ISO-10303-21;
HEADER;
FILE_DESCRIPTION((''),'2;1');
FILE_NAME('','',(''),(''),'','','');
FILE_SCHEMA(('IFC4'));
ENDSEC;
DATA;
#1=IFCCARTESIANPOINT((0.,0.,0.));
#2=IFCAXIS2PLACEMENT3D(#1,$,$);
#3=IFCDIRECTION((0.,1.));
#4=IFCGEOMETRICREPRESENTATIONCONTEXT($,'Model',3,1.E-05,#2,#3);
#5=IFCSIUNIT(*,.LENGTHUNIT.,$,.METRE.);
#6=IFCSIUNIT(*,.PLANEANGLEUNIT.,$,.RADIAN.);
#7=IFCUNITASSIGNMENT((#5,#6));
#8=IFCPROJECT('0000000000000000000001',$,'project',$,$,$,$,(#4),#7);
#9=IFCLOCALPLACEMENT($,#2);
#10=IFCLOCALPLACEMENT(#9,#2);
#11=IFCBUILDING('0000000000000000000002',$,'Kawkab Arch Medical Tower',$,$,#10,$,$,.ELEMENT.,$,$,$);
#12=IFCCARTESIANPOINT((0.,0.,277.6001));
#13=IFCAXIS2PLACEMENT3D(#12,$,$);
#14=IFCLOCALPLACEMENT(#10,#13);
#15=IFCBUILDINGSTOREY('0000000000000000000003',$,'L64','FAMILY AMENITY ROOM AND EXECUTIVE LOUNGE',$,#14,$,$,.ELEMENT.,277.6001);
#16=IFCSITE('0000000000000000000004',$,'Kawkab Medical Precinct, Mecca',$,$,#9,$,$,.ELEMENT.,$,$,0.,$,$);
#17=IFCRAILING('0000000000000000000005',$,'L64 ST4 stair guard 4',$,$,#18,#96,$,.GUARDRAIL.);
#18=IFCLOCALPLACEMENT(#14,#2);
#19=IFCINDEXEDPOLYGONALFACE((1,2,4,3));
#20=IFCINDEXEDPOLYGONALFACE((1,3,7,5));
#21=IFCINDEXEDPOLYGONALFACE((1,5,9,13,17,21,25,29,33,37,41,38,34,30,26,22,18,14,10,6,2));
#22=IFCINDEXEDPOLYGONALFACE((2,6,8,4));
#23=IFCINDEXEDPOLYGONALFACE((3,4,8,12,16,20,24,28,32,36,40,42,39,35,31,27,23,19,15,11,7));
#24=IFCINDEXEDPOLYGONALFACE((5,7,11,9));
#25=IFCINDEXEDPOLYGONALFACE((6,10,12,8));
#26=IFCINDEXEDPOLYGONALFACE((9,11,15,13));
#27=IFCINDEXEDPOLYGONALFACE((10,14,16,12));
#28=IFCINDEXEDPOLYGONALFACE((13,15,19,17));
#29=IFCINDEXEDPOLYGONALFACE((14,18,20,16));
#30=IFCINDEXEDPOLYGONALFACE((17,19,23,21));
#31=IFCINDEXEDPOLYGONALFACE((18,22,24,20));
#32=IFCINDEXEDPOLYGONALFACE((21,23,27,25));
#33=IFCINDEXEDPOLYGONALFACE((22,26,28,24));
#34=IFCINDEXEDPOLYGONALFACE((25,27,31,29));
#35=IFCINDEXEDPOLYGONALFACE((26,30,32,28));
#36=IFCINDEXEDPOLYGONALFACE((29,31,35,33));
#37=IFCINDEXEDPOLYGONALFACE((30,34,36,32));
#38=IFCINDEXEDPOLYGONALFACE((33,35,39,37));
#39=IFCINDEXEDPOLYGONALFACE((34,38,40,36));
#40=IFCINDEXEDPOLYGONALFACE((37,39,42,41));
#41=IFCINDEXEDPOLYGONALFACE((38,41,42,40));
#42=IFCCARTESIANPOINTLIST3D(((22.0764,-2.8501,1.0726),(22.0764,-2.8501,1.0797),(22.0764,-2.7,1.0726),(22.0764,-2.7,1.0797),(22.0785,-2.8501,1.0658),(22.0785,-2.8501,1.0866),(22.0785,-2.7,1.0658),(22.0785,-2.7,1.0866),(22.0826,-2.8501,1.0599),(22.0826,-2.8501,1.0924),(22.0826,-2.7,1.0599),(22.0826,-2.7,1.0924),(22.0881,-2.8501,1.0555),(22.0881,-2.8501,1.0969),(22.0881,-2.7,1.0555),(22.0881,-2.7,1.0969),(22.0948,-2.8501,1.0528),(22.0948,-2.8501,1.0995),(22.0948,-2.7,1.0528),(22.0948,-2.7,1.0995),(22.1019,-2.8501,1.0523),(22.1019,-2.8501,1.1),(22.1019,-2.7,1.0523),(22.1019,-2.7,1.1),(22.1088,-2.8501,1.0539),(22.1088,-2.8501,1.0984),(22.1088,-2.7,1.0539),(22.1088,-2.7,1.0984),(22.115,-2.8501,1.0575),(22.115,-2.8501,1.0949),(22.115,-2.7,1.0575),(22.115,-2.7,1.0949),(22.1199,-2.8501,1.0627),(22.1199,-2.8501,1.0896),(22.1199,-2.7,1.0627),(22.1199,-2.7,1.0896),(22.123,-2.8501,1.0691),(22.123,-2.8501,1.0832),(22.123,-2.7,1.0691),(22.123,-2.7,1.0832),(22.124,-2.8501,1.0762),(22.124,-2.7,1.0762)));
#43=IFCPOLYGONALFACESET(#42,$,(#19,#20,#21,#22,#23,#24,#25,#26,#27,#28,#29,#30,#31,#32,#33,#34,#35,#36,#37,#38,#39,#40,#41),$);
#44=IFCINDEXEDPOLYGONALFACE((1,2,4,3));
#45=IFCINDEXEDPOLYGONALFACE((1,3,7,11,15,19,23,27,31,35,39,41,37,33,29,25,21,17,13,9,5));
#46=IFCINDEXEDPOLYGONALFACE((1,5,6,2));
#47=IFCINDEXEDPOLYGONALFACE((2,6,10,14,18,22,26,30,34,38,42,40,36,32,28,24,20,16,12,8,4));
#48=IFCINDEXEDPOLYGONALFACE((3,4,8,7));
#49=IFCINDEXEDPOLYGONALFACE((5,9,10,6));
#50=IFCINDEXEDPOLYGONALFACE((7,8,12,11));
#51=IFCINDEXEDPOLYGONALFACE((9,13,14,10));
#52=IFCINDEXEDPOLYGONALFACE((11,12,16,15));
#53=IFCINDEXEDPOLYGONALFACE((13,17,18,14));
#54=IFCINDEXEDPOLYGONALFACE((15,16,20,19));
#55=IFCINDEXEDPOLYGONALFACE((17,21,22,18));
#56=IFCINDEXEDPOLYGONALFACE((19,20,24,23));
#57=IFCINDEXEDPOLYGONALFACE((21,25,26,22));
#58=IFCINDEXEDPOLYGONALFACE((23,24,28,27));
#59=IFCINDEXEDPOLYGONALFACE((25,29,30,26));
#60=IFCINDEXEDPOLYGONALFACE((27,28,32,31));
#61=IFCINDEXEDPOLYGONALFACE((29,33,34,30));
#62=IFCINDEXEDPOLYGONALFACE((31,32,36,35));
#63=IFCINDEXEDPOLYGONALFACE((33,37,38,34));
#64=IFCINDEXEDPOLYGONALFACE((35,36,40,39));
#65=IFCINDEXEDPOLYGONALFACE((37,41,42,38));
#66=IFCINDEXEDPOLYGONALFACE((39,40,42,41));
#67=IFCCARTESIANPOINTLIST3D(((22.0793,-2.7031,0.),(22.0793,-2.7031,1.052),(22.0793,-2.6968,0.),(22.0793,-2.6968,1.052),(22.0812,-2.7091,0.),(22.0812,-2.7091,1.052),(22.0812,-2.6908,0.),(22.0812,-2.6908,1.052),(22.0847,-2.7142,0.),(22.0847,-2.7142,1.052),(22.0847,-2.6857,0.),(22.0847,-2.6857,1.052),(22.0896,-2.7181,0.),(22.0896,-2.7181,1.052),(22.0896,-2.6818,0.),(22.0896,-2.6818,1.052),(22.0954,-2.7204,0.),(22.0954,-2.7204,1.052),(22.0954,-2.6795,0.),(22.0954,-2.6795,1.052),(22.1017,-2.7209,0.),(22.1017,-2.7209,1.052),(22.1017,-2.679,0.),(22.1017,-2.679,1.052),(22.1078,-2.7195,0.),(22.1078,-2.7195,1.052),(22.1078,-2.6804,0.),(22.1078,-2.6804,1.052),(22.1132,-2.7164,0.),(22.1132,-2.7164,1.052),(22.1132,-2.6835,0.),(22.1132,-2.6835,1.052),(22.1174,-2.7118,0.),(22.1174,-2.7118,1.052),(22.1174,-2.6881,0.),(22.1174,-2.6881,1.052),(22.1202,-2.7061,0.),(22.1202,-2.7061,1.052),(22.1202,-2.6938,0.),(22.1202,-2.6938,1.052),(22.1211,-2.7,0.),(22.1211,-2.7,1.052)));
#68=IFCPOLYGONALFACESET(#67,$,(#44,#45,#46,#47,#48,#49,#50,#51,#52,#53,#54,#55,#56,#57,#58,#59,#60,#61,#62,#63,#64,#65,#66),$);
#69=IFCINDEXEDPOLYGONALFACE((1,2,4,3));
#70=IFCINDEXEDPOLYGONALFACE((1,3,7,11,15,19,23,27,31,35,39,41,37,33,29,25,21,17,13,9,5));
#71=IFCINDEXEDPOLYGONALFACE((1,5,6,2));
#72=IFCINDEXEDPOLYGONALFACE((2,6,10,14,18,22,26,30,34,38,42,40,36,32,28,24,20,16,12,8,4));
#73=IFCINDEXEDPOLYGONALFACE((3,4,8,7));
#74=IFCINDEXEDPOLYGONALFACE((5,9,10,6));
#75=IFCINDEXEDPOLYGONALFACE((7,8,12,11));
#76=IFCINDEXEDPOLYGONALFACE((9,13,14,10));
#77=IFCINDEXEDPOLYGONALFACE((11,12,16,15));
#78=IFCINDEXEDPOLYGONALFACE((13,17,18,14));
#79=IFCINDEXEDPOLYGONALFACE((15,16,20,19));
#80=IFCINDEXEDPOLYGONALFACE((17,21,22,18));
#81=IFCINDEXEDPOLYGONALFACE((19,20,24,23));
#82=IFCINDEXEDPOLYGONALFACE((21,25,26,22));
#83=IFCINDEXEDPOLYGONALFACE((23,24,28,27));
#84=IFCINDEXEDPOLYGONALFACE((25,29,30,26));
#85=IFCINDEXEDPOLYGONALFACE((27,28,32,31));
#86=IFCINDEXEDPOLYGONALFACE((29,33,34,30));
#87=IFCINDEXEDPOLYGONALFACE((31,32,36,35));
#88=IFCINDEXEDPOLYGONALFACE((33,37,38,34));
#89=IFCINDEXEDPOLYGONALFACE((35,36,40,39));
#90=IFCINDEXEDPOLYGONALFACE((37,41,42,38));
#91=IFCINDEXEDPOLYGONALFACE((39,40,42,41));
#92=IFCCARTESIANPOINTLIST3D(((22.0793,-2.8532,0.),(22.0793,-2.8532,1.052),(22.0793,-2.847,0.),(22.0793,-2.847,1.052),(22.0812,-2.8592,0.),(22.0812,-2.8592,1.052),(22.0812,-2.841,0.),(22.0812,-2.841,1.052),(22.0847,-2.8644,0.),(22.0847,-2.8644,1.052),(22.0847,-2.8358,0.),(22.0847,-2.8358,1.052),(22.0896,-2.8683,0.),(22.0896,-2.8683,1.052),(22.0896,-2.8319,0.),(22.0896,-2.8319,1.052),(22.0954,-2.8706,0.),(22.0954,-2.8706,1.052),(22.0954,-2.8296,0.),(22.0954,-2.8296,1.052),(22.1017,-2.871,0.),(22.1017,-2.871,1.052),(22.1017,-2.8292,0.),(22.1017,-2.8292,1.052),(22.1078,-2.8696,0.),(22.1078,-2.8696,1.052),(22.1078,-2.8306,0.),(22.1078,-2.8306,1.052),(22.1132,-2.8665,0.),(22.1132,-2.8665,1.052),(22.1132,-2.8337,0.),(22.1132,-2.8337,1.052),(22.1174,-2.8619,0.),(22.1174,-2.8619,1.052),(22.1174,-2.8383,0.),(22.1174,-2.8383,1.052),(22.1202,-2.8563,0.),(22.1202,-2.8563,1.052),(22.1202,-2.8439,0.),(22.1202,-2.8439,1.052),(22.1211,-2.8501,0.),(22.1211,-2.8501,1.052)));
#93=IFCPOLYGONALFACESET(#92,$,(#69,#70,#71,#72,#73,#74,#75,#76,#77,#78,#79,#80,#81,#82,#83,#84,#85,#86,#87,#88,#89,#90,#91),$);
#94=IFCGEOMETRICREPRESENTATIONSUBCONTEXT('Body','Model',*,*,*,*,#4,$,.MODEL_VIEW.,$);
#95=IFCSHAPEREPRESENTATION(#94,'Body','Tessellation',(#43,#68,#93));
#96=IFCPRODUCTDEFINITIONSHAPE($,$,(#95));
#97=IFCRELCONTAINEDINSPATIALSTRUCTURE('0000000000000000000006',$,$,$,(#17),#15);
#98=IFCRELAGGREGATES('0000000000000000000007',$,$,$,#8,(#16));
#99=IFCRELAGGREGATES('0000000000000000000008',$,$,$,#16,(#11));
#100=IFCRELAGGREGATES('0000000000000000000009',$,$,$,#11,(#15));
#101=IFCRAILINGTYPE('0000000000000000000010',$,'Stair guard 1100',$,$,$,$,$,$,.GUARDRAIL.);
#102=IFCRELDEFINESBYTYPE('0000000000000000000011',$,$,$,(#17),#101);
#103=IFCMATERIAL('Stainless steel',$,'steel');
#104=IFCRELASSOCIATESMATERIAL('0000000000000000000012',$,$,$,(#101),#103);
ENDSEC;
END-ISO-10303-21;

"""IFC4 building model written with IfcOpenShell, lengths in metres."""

from ifc_helpers import new_model, si_unit, direction, frame, origin, origin_2d, place, context, subcontext, project, spatial, circle, extrude, material, type_object, element, save


model = new_model("IFC4")

# Units and contexts
model_context = context("Model", 3, precision=1e-05, world=origin(), true_north=direction((0.0, 1.0)))
body_context = subcontext(model_context, "Body", "Model", "MODEL_VIEW")
ifc_project = project(units=[si_unit("LENGTHUNIT", "METRE"), si_unit("PLANEANGLEUNIT", "RADIAN")], contexts=[model_context])

# Site, building, storey
site_placement = place(None, origin())
site = spatial("IfcSite", under=ifc_project, at=site_placement, Name="Kawkab Medical Precinct, Mecca", CompositionType="ELEMENT", RefElevation=0.0)
building_placement = place(site_placement, origin())
building = spatial("IfcBuilding", under=site, at=building_placement, Name="Kawkab Arch Medical Tower", CompositionType="ELEMENT")
storey_placement = place(building_placement, frame((0.0, 0.0, 277.6001)))
storey = spatial("IfcBuildingStorey", under=building, at=storey_placement, Name="L64", Description="FAMILY AMENITY ROOM AND EXECUTIVE LOUNGE", CompositionType="ELEMENT", Elevation=277.6001)

# Railing
ifc_material_1 = material(Name="Stainless steel", Category="steel")
railing_type = type_object("IfcRailingType", Name="Stair guard 1100", PredefinedType="GUARDRAIL", material=ifc_material_1)
railing_1_placement = place(storey_placement, frame((22.1001, -2.7, 0.0)))
element("IfcRailing", 1, at=railing_1_placement, inside=storey, type_object=railing_type, Name="L64 ST4 stair guard 4", PredefinedType="GUARDRAIL", context=body_context, shape_type="SweptSolid", body=[
    extrude(circle(Radius=0.0239, at=origin_2d()), frame((0.0, 0.0, 1.0762), z_axis=(0.0, -1.0, 0.0), x_axis=(1.0, 0.0, 0.0)), (0.0, 0.0, 1.0), 0.1501),
    extrude(circle(Radius=0.021, at=origin_2d()), origin(), (0.0, 0.0, 1.0), 1.052),
    extrude(circle(Radius=0.021, at=origin_2d()), frame((0.0, -0.1501, 0.0)), (0.0, 0.0, 1.0), 1.052),
])

save(model, "model.ifc")
